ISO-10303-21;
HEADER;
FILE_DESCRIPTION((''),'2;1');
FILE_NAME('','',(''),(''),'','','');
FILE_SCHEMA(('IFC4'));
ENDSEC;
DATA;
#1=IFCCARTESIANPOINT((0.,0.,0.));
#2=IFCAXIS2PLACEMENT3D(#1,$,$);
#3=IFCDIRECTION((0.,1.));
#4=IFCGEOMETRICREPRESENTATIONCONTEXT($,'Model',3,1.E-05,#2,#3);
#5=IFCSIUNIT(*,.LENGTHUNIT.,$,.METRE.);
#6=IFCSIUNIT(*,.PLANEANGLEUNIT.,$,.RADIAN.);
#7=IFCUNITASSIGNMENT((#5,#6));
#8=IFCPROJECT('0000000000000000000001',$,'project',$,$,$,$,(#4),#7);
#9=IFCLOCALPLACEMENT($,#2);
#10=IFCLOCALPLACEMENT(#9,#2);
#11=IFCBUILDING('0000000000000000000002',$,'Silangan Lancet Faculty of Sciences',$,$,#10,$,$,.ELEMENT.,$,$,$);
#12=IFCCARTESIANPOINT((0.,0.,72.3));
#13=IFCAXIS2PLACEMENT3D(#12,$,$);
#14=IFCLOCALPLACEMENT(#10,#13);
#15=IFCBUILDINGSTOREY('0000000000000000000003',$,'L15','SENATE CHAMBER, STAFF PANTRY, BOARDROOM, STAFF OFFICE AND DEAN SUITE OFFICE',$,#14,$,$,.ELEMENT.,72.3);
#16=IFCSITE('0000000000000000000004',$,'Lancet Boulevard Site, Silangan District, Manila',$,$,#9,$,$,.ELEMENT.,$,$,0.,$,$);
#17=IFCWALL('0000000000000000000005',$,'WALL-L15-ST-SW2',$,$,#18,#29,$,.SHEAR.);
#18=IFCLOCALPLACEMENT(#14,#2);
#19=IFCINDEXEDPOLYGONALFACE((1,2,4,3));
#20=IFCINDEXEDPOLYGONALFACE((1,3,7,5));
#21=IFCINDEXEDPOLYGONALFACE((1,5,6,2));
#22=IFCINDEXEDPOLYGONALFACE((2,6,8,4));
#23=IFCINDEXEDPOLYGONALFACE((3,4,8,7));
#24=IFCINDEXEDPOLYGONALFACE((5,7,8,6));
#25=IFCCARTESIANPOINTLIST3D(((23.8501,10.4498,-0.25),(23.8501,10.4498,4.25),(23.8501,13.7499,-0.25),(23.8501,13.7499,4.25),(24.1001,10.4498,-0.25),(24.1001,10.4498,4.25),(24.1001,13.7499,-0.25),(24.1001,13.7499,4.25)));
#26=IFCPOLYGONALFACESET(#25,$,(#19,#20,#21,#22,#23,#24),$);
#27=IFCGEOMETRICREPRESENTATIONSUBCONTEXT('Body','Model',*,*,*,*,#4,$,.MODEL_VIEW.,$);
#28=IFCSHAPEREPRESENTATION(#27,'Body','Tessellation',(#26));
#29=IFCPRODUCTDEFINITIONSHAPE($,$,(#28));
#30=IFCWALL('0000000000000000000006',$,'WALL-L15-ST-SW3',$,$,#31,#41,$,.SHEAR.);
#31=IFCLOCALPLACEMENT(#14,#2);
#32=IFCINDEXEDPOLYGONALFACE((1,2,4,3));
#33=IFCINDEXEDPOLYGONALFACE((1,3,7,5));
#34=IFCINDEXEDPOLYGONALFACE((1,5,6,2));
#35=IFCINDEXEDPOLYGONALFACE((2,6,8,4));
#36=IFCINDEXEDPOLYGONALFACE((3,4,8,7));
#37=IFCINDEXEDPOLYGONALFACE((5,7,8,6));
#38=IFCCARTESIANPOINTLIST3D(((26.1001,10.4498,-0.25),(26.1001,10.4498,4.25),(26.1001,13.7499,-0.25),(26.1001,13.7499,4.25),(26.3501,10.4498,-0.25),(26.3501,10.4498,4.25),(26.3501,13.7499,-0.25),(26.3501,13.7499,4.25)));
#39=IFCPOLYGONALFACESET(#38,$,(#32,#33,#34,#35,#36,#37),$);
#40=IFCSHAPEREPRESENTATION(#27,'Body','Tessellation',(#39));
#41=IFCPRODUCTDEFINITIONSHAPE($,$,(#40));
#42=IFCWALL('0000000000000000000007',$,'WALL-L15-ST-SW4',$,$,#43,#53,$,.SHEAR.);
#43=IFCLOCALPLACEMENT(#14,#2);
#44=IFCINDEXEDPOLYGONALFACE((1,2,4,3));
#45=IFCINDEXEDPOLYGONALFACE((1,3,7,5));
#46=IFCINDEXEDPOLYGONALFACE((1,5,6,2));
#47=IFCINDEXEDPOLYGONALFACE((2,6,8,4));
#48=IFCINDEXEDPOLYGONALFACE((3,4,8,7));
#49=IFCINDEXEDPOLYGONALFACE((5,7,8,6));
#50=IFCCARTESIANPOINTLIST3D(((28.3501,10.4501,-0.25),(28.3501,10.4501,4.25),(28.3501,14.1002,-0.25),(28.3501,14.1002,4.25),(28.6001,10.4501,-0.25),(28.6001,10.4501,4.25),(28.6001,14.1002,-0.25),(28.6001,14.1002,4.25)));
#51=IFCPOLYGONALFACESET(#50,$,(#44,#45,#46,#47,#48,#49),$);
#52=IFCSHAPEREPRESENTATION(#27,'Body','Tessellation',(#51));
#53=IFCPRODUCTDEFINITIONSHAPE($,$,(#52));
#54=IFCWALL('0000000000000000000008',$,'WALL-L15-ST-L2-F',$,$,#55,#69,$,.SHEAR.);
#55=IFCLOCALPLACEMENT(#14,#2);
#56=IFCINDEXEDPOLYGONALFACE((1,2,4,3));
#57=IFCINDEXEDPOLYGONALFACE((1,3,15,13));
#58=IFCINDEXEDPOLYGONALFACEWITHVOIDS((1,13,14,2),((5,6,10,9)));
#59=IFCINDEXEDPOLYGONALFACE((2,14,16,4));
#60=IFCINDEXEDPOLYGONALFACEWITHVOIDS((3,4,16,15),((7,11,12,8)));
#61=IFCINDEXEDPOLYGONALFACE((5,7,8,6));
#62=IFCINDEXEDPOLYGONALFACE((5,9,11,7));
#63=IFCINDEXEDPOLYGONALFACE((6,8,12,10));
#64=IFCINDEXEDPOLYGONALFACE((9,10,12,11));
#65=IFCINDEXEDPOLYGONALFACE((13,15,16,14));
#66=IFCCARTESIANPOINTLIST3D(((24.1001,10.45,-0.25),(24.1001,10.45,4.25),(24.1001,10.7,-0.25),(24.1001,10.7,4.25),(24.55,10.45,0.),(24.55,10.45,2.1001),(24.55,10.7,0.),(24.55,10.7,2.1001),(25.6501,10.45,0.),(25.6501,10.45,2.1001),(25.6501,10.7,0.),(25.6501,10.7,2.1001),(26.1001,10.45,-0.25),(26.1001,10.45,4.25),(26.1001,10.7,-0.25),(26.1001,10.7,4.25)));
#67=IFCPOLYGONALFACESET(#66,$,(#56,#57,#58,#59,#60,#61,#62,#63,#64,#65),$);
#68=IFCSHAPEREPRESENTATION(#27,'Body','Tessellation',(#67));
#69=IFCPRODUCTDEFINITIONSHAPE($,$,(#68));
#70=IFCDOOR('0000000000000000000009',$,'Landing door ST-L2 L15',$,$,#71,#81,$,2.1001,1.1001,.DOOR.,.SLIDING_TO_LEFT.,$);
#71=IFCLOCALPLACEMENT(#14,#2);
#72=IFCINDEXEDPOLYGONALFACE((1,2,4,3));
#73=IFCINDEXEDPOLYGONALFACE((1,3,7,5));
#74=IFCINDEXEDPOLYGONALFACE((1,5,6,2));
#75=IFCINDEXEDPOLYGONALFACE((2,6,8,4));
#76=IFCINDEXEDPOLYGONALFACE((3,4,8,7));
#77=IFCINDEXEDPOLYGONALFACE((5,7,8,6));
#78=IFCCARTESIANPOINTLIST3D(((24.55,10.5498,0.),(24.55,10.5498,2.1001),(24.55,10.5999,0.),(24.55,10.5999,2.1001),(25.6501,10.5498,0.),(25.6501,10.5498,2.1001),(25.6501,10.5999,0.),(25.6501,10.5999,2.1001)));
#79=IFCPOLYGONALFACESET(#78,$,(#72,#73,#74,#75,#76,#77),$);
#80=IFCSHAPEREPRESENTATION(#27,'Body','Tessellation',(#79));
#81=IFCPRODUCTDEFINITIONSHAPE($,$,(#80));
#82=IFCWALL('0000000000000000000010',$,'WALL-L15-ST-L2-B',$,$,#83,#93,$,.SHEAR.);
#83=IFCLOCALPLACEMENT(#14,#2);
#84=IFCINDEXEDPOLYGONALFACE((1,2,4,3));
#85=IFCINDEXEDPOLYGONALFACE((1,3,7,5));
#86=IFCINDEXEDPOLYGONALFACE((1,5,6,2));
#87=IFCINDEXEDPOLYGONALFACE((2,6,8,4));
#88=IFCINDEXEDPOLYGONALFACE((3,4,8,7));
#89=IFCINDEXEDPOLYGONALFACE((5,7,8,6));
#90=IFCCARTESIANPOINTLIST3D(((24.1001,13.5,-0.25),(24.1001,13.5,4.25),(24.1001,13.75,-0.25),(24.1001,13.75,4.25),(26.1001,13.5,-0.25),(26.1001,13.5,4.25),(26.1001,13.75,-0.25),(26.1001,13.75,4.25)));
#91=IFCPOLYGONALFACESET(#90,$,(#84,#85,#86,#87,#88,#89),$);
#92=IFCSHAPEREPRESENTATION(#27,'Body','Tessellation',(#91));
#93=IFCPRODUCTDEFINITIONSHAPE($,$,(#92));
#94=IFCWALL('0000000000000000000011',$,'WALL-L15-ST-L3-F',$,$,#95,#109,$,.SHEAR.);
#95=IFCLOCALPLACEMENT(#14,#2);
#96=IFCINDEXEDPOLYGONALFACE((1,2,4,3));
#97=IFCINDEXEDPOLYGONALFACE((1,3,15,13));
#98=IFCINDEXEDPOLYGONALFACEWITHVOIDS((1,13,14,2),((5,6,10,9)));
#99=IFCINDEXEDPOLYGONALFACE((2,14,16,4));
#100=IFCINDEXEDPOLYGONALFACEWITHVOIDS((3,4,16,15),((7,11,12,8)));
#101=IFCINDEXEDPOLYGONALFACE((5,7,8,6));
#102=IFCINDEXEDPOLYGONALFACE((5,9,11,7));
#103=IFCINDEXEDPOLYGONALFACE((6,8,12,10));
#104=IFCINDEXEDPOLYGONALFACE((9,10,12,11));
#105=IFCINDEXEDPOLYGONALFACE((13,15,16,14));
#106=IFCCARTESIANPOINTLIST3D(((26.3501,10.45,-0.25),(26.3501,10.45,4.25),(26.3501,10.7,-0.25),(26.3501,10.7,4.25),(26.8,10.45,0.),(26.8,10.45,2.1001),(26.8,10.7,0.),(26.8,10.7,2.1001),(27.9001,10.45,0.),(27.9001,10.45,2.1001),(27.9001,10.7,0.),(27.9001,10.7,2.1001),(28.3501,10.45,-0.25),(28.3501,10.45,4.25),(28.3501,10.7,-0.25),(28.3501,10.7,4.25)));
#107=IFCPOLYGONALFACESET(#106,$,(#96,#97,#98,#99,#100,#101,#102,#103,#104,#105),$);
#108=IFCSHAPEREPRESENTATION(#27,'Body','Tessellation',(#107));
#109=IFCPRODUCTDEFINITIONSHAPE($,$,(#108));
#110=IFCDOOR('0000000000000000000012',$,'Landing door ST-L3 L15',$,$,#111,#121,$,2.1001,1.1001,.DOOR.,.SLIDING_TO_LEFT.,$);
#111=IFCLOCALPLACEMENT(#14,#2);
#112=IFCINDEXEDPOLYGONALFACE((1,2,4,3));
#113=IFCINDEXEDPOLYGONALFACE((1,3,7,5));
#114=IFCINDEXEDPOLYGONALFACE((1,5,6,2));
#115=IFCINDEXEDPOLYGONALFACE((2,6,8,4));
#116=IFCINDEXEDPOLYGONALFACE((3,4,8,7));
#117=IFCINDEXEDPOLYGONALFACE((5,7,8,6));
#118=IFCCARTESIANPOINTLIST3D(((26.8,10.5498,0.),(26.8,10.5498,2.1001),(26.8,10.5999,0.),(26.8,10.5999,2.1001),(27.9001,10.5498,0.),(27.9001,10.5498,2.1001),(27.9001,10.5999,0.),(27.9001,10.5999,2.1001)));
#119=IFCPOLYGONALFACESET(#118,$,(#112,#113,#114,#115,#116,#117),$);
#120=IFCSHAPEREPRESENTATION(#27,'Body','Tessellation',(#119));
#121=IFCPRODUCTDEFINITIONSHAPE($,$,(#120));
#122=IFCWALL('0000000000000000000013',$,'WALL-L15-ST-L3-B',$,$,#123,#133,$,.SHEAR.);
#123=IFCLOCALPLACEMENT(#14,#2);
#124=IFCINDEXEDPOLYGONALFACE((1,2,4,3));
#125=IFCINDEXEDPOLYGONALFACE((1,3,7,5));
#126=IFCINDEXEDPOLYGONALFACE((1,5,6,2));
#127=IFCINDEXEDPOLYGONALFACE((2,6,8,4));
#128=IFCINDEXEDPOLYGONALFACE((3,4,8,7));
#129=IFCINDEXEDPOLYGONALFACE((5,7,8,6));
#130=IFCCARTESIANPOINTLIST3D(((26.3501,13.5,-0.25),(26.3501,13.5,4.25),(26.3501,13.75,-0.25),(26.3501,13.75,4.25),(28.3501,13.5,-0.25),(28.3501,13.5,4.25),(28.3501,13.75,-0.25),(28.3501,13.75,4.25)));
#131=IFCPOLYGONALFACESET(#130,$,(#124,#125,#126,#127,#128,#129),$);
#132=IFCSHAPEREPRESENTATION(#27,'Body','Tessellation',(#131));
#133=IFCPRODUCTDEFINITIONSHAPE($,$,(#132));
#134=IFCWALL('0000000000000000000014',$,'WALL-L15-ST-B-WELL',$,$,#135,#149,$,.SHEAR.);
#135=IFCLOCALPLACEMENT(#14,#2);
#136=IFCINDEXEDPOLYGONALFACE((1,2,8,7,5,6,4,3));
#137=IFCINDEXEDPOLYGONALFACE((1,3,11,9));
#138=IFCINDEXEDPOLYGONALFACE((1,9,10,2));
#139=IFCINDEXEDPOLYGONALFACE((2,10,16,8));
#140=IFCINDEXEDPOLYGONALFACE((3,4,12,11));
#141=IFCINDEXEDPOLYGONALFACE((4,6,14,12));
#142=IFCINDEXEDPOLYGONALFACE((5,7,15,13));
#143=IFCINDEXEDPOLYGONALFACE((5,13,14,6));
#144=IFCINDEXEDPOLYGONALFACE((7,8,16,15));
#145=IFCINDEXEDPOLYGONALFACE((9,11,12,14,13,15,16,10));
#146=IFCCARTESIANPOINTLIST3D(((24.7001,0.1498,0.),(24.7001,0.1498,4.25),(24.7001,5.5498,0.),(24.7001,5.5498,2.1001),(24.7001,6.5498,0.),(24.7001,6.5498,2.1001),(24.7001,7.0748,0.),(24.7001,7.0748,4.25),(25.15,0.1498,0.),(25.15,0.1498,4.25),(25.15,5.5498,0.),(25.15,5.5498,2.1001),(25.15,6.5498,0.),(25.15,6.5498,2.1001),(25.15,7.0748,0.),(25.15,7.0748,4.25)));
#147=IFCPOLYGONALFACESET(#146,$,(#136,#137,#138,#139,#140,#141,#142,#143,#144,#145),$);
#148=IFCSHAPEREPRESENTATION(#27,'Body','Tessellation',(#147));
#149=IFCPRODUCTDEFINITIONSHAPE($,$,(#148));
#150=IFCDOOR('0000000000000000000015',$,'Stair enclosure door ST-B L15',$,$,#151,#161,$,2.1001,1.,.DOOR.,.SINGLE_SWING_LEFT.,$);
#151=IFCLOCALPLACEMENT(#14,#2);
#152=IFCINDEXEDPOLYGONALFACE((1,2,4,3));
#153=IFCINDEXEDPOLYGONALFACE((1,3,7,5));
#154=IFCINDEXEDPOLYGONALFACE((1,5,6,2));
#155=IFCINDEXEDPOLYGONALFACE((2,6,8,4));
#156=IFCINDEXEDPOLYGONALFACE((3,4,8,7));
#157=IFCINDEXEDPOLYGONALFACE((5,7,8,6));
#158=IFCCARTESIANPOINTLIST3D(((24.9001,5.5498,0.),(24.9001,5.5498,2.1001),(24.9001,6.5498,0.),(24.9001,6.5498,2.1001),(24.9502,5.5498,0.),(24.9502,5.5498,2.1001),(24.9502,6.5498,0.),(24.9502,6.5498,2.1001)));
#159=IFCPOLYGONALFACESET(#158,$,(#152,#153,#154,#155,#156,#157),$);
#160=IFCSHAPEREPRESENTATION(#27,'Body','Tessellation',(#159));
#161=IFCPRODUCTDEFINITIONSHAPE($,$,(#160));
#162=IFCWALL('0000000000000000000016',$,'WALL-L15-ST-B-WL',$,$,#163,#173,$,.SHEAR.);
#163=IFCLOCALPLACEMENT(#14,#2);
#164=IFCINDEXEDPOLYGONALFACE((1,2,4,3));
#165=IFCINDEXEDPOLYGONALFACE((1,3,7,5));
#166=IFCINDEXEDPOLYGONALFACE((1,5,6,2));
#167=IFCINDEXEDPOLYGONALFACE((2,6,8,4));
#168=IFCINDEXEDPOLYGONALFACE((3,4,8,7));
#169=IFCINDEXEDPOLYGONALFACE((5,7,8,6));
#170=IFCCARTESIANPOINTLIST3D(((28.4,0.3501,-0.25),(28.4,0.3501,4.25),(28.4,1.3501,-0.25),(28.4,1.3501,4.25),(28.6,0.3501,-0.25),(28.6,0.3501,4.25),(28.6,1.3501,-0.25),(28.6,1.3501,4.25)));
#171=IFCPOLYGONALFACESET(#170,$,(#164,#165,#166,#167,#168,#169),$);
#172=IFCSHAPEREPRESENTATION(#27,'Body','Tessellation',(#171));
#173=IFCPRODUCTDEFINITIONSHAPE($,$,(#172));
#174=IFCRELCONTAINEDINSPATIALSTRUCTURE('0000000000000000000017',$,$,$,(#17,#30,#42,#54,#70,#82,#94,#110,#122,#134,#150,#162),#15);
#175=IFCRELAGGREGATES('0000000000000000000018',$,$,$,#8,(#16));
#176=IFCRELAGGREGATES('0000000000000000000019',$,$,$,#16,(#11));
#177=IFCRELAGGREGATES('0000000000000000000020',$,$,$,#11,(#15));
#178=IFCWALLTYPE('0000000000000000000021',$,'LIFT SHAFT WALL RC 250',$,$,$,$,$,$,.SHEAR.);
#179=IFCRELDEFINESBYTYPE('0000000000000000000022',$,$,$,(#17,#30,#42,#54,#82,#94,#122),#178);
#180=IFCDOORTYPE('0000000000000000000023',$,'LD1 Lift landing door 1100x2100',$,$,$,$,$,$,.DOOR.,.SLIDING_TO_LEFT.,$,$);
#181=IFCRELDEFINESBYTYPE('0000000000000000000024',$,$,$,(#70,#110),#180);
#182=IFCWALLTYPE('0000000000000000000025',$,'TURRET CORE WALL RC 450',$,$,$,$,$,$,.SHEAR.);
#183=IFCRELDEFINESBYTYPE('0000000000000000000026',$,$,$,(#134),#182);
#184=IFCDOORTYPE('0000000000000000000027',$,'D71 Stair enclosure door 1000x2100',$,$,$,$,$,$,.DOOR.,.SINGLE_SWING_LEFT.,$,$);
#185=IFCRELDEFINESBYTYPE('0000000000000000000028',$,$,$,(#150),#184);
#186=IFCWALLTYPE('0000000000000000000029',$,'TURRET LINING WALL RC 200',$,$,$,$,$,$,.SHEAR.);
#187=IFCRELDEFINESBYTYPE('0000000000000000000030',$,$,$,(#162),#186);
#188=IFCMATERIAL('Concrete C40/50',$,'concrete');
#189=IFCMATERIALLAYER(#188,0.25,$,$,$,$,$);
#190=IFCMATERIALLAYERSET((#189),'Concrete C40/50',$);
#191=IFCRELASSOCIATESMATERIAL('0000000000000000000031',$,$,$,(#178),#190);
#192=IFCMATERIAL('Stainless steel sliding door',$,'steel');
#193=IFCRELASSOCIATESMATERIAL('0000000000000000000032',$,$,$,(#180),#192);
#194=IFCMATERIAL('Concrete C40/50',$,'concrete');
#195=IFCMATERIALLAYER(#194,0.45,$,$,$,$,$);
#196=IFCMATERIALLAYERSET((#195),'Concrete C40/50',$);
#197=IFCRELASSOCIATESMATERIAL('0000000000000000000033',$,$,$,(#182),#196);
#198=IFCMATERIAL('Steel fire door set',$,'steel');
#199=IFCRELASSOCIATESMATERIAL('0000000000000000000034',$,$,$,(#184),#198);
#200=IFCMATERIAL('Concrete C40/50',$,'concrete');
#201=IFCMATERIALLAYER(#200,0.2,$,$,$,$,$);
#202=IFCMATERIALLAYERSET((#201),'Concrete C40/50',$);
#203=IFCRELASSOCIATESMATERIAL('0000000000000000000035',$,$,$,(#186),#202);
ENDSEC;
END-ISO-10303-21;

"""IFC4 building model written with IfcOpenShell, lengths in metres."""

from ifc_helpers import new_model, si_unit, direction, frame, frame_2d, origin, place, context, subcontext, project, spatial, rectangle, extrude, material, layer, layer_set, type_object, element, fill, save


model = new_model("IFC4")

# Units and contexts
model_context = context("Model", 3, precision=1e-05, world=origin(), true_north=direction((0.0, 1.0)))
body_context = subcontext(model_context, "Body", "Model", "MODEL_VIEW")
ifc_project = project(units=[si_unit("LENGTHUNIT", "METRE"), si_unit("PLANEANGLEUNIT", "RADIAN")], contexts=[model_context])

# Site, building, storey
site_placement = place(None, origin())
site = spatial("IfcSite", under=ifc_project, at=site_placement, Name="Lancet Boulevard Site, Silangan District, Manila", CompositionType="ELEMENT", RefElevation=0.0)
building_placement = place(site_placement, origin())
building = spatial("IfcBuilding", under=site, at=building_placement, Name="Silangan Lancet Faculty of Sciences", CompositionType="ELEMENT")
storey_placement = place(building_placement, frame((0.0, 0.0, 72.3)))
storey = spatial("IfcBuildingStorey", under=building, at=storey_placement, Name="L15", Description="SENATE CHAMBER, STAFF PANTRY, BOARDROOM, STAFF OFFICE AND DEAN SUITE OFFICE", CompositionType="ELEMENT", Elevation=72.3)

# Walls
ifc_material_1 = material(Name="Concrete C40/50", Category="concrete")
ifc_layer_1 = layer(ifc_material_1, 0.25)
ifc_layer_set_1 = layer_set([ifc_layer_1], Name="Concrete C40/50")
wall_type_1 = type_object("IfcWallType", Name="LIFT SHAFT WALL RC 250", PredefinedType="SHEAR", material=ifc_layer_set_1)
for number, where, z_axis, x_axis, name in (
    (1, (23.9751, 10.45, -0.25), (0.0, 0.0, 1.0), (0.0, 1.0, 0.0), "WALL-L15-ST-SW2"),
    (2, (26.2251, 10.45, -0.25), (0.0, 0.0, 1.0), (0.0, 1.0, 0.0), "WALL-L15-ST-SW3"),
):
    element("IfcWall", number, at=place(storey_placement, frame(where, z_axis=z_axis, x_axis=x_axis)), inside=storey, type_object=wall_type_1, Name=name, PredefinedType="SHEAR", context=body_context, shape_type="SweptSolid", body=[
        extrude(rectangle(XDim=3.3, YDim=0.25, at=frame_2d((1.6499, 0.0))), origin(), (0.0, 0.0, 1.0), 4.5),
    ])
wall_1_placement = place(storey_placement, frame((28.4751, 10.45, -0.25), z_axis=(0.0, 0.0, 1.0), x_axis=(0.0, 1.0, 0.0)))
element("IfcWall", 3, at=wall_1_placement, inside=storey, type_object=wall_type_1, Name="WALL-L15-ST-SW4", PredefinedType="SHEAR", context=body_context, shape_type="SweptSolid", body=[
    extrude(rectangle(XDim=3.6501, YDim=0.25, at=frame_2d((1.8252, 0.0))), origin(), (0.0, 0.0, 1.0), 4.5),
])

# Wall, opening, door
wall_2_placement = place(storey_placement, frame((24.1001, 10.575, -0.25), z_axis=(0.0, 0.0, 1.0), x_axis=(1.0, 0.0, 0.0)))
wall_2 = element("IfcWall", 4, at=wall_2_placement, inside=storey, type_object=wall_type_1, Name="WALL-L15-ST-L2-F", PredefinedType="SHEAR", context=body_context, shape_type="SweptSolid", body=[
    extrude(rectangle(XDim=2.0, YDim=0.25, at=frame_2d((1.0, 0.0))), origin(), (0.0, 0.0, 1.0), 4.5),
])
opening_1_placement = place(wall_2_placement, frame((0.45, 0.0, 0.25)))
opening_1 = element("IfcOpeningElement", 5, at=opening_1_placement, cuts=wall_2, PredefinedType="OPENING", context=body_context, shape_type="SweptSolid", body=[
    extrude(rectangle(XDim=1.1001, YDim=2.1001, at=frame_2d((0.55, 1.05))), frame((0.0, 0.135, 0.0), z_axis=(0.0, -1.0, 0.0), x_axis=(1.0, 0.0, 0.0)), (0.0, 0.0, 1.0), 0.27),
])
ifc_material_2 = material(Name="Stainless steel sliding door", Category="steel")
door_type_1 = type_object("IfcDoorType", Name="LD1 Lift landing door 1100x2100", OperationType="SLIDING_TO_LEFT", PredefinedType="DOOR", material=ifc_material_2)
door_1_placement = place(opening_1_placement, origin())
door_1 = element("IfcDoor", 6, at=door_1_placement, inside=storey, type_object=door_type_1, Name="Landing door ST-L2 L15", OperationType="SLIDING_TO_LEFT", OverallHeight=2.1001, OverallWidth=1.1001, PredefinedType="DOOR", context=body_context, shape_type="SweptSolid", body=[
    extrude(rectangle(XDim=1.1001, YDim=2.1001, at=frame_2d((0.55, 1.05))), frame((0.0, 0.0249, 0.0), z_axis=(0.0, -1.0, 0.0), x_axis=(1.0, 0.0, 0.0)), (0.0, 0.0, 1.0), 0.05),
])
fill(opening_1, door_1)

# Wall
wall_3_placement = place(storey_placement, frame((24.1001, 13.625, -0.25), z_axis=(0.0, 0.0, 1.0), x_axis=(1.0, 0.0, 0.0)))
element("IfcWall", 7, at=wall_3_placement, inside=storey, type_object=wall_type_1, Name="WALL-L15-ST-L2-B", PredefinedType="SHEAR", context=body_context, shape_type="SweptSolid", body=[
    extrude(rectangle(XDim=2.0, YDim=0.25, at=frame_2d((1.0, 0.0))), origin(), (0.0, 0.0, 1.0), 4.5),
])

# Wall, opening, door
wall_4_placement = place(storey_placement, frame((26.3501, 10.575, -0.25), z_axis=(0.0, 0.0, 1.0), x_axis=(1.0, 0.0, 0.0)))
wall_4 = element("IfcWall", 8, at=wall_4_placement, inside=storey, type_object=wall_type_1, Name="WALL-L15-ST-L3-F", PredefinedType="SHEAR", context=body_context, shape_type="SweptSolid", body=[
    extrude(rectangle(XDim=2.0, YDim=0.25, at=frame_2d((1.0, 0.0))), origin(), (0.0, 0.0, 1.0), 4.5),
])
opening_2_placement = place(wall_4_placement, frame((0.45, 0.0, 0.25)))
opening_2 = element("IfcOpeningElement", 9, at=opening_2_placement, cuts=wall_4, PredefinedType="OPENING", context=body_context, shape_type="SweptSolid", body=[
    extrude(rectangle(XDim=1.1001, YDim=2.1001, at=frame_2d((0.55, 1.05))), frame((0.0, 0.135, 0.0), z_axis=(0.0, -1.0, 0.0), x_axis=(1.0, 0.0, 0.0)), (0.0, 0.0, 1.0), 0.27),
])
door_2_placement = place(opening_2_placement, origin())
door_2 = element("IfcDoor", 10, at=door_2_placement, inside=storey, type_object=door_type_1, Name="Landing door ST-L3 L15", OperationType="SLIDING_TO_LEFT", OverallHeight=2.1001, OverallWidth=1.1001, PredefinedType="DOOR", context=body_context, shape_type="SweptSolid", body=[
    extrude(rectangle(XDim=1.1001, YDim=2.1001, at=frame_2d((0.55, 1.05))), frame((0.0, 0.0249, 0.0), z_axis=(0.0, -1.0, 0.0), x_axis=(1.0, 0.0, 0.0)), (0.0, 0.0, 1.0), 0.05),
])
fill(opening_2, door_2)

# Wall
wall_5_placement = place(storey_placement, frame((26.3501, 13.625, -0.25), z_axis=(0.0, 0.0, 1.0), x_axis=(1.0, 0.0, 0.0)))
element("IfcWall", 11, at=wall_5_placement, inside=storey, type_object=wall_type_1, Name="WALL-L15-ST-L3-B", PredefinedType="SHEAR", context=body_context, shape_type="SweptSolid", body=[
    extrude(rectangle(XDim=2.0, YDim=0.25, at=frame_2d((1.0, 0.0))), origin(), (0.0, 0.0, 1.0), 4.5),
])

# Wall, opening, door
ifc_material_3 = material(Name="Concrete C40/50", Category="concrete")
ifc_layer_2 = layer(ifc_material_3, 0.45)
ifc_layer_set_2 = layer_set([ifc_layer_2], Name="Concrete C40/50")
wall_type_2 = type_object("IfcWallType", Name="TURRET CORE WALL RC 450", PredefinedType="SHEAR", material=ifc_layer_set_2)
wall_6_placement = place(storey_placement, frame((24.925, 0.1499, 0.0), z_axis=(0.0, 0.0, 1.0), x_axis=(0.0, 1.0, 0.0)))
wall_6 = element("IfcWall", 12, at=wall_6_placement, inside=storey, type_object=wall_type_2, Name="WALL-L15-ST-B-WELL", PredefinedType="SHEAR", context=body_context, shape_type="SweptSolid", body=[
    extrude(rectangle(XDim=6.925, YDim=0.45, at=frame_2d((3.4624, 0.0))), origin(), (0.0, 0.0, 1.0), 4.25),
])
opening_3_placement = place(wall_6_placement, frame((5.3999, 0.0, 0.0)))
opening_3 = element("IfcOpeningElement", 13, at=opening_3_placement, cuts=wall_6, PredefinedType="OPENING", context=body_context, shape_type="SweptSolid", body=[
    extrude(rectangle(XDim=1.0, YDim=2.1001, at=frame_2d((0.5, 1.05))), frame((0.0, 0.2349, 0.0), z_axis=(0.0, -1.0, 0.0), x_axis=(1.0, 0.0, 0.0)), (0.0, 0.0, 1.0), 0.47),
])
ifc_material_4 = material(Name="Steel fire door set", Category="steel")
door_type_2 = type_object("IfcDoorType", Name="D71 Stair enclosure door 1000x2100", OperationType="SINGLE_SWING_LEFT", PredefinedType="DOOR", material=ifc_material_4)
door_3_placement = place(opening_3_placement, frame((1.0, 0.0, 0.0), z_axis=(0.0, 0.0, 1.0), x_axis=(-1.0, 0.0, 0.0)))
door_3 = element("IfcDoor", 14, at=door_3_placement, inside=storey, type_object=door_type_2, Name="Stair enclosure door ST-B L15", OperationType="SINGLE_SWING_LEFT", OverallHeight=2.1001, OverallWidth=1.0, PredefinedType="DOOR", context=body_context, shape_type="SweptSolid", body=[
    extrude(rectangle(XDim=1.0, YDim=2.1001, at=frame_2d((0.5, 1.05))), frame((0.0, 0.0251, 0.0), z_axis=(0.0, -1.0, 0.0), x_axis=(1.0, 0.0, 0.0)), (0.0, 0.0, 1.0), 0.05),
])
fill(opening_3, door_3)

# Wall
ifc_material_5 = material(Name="Concrete C40/50", Category="concrete")
ifc_layer_3 = layer(ifc_material_5, 0.2)
ifc_layer_set_3 = layer_set([ifc_layer_3], Name="Concrete C40/50")
wall_type_3 = type_object("IfcWallType", Name="TURRET LINING WALL RC 200", PredefinedType="SHEAR", material=ifc_layer_set_3)
wall_7_placement = place(storey_placement, frame((28.5, 0.3501, -0.25), z_axis=(0.0, 0.0, 1.0), x_axis=(0.0, 1.0, 0.0)))
element("IfcWall", 15, at=wall_7_placement, inside=storey, type_object=wall_type_3, Name="WALL-L15-ST-B-WL", PredefinedType="SHEAR", context=body_context, shape_type="SweptSolid", body=[
    extrude(rectangle(XDim=1.0, YDim=0.2, at=frame_2d((0.5, 0.0))), origin(), (0.0, 0.0, 1.0), 4.5),
])

save(model, "model.ifc")
